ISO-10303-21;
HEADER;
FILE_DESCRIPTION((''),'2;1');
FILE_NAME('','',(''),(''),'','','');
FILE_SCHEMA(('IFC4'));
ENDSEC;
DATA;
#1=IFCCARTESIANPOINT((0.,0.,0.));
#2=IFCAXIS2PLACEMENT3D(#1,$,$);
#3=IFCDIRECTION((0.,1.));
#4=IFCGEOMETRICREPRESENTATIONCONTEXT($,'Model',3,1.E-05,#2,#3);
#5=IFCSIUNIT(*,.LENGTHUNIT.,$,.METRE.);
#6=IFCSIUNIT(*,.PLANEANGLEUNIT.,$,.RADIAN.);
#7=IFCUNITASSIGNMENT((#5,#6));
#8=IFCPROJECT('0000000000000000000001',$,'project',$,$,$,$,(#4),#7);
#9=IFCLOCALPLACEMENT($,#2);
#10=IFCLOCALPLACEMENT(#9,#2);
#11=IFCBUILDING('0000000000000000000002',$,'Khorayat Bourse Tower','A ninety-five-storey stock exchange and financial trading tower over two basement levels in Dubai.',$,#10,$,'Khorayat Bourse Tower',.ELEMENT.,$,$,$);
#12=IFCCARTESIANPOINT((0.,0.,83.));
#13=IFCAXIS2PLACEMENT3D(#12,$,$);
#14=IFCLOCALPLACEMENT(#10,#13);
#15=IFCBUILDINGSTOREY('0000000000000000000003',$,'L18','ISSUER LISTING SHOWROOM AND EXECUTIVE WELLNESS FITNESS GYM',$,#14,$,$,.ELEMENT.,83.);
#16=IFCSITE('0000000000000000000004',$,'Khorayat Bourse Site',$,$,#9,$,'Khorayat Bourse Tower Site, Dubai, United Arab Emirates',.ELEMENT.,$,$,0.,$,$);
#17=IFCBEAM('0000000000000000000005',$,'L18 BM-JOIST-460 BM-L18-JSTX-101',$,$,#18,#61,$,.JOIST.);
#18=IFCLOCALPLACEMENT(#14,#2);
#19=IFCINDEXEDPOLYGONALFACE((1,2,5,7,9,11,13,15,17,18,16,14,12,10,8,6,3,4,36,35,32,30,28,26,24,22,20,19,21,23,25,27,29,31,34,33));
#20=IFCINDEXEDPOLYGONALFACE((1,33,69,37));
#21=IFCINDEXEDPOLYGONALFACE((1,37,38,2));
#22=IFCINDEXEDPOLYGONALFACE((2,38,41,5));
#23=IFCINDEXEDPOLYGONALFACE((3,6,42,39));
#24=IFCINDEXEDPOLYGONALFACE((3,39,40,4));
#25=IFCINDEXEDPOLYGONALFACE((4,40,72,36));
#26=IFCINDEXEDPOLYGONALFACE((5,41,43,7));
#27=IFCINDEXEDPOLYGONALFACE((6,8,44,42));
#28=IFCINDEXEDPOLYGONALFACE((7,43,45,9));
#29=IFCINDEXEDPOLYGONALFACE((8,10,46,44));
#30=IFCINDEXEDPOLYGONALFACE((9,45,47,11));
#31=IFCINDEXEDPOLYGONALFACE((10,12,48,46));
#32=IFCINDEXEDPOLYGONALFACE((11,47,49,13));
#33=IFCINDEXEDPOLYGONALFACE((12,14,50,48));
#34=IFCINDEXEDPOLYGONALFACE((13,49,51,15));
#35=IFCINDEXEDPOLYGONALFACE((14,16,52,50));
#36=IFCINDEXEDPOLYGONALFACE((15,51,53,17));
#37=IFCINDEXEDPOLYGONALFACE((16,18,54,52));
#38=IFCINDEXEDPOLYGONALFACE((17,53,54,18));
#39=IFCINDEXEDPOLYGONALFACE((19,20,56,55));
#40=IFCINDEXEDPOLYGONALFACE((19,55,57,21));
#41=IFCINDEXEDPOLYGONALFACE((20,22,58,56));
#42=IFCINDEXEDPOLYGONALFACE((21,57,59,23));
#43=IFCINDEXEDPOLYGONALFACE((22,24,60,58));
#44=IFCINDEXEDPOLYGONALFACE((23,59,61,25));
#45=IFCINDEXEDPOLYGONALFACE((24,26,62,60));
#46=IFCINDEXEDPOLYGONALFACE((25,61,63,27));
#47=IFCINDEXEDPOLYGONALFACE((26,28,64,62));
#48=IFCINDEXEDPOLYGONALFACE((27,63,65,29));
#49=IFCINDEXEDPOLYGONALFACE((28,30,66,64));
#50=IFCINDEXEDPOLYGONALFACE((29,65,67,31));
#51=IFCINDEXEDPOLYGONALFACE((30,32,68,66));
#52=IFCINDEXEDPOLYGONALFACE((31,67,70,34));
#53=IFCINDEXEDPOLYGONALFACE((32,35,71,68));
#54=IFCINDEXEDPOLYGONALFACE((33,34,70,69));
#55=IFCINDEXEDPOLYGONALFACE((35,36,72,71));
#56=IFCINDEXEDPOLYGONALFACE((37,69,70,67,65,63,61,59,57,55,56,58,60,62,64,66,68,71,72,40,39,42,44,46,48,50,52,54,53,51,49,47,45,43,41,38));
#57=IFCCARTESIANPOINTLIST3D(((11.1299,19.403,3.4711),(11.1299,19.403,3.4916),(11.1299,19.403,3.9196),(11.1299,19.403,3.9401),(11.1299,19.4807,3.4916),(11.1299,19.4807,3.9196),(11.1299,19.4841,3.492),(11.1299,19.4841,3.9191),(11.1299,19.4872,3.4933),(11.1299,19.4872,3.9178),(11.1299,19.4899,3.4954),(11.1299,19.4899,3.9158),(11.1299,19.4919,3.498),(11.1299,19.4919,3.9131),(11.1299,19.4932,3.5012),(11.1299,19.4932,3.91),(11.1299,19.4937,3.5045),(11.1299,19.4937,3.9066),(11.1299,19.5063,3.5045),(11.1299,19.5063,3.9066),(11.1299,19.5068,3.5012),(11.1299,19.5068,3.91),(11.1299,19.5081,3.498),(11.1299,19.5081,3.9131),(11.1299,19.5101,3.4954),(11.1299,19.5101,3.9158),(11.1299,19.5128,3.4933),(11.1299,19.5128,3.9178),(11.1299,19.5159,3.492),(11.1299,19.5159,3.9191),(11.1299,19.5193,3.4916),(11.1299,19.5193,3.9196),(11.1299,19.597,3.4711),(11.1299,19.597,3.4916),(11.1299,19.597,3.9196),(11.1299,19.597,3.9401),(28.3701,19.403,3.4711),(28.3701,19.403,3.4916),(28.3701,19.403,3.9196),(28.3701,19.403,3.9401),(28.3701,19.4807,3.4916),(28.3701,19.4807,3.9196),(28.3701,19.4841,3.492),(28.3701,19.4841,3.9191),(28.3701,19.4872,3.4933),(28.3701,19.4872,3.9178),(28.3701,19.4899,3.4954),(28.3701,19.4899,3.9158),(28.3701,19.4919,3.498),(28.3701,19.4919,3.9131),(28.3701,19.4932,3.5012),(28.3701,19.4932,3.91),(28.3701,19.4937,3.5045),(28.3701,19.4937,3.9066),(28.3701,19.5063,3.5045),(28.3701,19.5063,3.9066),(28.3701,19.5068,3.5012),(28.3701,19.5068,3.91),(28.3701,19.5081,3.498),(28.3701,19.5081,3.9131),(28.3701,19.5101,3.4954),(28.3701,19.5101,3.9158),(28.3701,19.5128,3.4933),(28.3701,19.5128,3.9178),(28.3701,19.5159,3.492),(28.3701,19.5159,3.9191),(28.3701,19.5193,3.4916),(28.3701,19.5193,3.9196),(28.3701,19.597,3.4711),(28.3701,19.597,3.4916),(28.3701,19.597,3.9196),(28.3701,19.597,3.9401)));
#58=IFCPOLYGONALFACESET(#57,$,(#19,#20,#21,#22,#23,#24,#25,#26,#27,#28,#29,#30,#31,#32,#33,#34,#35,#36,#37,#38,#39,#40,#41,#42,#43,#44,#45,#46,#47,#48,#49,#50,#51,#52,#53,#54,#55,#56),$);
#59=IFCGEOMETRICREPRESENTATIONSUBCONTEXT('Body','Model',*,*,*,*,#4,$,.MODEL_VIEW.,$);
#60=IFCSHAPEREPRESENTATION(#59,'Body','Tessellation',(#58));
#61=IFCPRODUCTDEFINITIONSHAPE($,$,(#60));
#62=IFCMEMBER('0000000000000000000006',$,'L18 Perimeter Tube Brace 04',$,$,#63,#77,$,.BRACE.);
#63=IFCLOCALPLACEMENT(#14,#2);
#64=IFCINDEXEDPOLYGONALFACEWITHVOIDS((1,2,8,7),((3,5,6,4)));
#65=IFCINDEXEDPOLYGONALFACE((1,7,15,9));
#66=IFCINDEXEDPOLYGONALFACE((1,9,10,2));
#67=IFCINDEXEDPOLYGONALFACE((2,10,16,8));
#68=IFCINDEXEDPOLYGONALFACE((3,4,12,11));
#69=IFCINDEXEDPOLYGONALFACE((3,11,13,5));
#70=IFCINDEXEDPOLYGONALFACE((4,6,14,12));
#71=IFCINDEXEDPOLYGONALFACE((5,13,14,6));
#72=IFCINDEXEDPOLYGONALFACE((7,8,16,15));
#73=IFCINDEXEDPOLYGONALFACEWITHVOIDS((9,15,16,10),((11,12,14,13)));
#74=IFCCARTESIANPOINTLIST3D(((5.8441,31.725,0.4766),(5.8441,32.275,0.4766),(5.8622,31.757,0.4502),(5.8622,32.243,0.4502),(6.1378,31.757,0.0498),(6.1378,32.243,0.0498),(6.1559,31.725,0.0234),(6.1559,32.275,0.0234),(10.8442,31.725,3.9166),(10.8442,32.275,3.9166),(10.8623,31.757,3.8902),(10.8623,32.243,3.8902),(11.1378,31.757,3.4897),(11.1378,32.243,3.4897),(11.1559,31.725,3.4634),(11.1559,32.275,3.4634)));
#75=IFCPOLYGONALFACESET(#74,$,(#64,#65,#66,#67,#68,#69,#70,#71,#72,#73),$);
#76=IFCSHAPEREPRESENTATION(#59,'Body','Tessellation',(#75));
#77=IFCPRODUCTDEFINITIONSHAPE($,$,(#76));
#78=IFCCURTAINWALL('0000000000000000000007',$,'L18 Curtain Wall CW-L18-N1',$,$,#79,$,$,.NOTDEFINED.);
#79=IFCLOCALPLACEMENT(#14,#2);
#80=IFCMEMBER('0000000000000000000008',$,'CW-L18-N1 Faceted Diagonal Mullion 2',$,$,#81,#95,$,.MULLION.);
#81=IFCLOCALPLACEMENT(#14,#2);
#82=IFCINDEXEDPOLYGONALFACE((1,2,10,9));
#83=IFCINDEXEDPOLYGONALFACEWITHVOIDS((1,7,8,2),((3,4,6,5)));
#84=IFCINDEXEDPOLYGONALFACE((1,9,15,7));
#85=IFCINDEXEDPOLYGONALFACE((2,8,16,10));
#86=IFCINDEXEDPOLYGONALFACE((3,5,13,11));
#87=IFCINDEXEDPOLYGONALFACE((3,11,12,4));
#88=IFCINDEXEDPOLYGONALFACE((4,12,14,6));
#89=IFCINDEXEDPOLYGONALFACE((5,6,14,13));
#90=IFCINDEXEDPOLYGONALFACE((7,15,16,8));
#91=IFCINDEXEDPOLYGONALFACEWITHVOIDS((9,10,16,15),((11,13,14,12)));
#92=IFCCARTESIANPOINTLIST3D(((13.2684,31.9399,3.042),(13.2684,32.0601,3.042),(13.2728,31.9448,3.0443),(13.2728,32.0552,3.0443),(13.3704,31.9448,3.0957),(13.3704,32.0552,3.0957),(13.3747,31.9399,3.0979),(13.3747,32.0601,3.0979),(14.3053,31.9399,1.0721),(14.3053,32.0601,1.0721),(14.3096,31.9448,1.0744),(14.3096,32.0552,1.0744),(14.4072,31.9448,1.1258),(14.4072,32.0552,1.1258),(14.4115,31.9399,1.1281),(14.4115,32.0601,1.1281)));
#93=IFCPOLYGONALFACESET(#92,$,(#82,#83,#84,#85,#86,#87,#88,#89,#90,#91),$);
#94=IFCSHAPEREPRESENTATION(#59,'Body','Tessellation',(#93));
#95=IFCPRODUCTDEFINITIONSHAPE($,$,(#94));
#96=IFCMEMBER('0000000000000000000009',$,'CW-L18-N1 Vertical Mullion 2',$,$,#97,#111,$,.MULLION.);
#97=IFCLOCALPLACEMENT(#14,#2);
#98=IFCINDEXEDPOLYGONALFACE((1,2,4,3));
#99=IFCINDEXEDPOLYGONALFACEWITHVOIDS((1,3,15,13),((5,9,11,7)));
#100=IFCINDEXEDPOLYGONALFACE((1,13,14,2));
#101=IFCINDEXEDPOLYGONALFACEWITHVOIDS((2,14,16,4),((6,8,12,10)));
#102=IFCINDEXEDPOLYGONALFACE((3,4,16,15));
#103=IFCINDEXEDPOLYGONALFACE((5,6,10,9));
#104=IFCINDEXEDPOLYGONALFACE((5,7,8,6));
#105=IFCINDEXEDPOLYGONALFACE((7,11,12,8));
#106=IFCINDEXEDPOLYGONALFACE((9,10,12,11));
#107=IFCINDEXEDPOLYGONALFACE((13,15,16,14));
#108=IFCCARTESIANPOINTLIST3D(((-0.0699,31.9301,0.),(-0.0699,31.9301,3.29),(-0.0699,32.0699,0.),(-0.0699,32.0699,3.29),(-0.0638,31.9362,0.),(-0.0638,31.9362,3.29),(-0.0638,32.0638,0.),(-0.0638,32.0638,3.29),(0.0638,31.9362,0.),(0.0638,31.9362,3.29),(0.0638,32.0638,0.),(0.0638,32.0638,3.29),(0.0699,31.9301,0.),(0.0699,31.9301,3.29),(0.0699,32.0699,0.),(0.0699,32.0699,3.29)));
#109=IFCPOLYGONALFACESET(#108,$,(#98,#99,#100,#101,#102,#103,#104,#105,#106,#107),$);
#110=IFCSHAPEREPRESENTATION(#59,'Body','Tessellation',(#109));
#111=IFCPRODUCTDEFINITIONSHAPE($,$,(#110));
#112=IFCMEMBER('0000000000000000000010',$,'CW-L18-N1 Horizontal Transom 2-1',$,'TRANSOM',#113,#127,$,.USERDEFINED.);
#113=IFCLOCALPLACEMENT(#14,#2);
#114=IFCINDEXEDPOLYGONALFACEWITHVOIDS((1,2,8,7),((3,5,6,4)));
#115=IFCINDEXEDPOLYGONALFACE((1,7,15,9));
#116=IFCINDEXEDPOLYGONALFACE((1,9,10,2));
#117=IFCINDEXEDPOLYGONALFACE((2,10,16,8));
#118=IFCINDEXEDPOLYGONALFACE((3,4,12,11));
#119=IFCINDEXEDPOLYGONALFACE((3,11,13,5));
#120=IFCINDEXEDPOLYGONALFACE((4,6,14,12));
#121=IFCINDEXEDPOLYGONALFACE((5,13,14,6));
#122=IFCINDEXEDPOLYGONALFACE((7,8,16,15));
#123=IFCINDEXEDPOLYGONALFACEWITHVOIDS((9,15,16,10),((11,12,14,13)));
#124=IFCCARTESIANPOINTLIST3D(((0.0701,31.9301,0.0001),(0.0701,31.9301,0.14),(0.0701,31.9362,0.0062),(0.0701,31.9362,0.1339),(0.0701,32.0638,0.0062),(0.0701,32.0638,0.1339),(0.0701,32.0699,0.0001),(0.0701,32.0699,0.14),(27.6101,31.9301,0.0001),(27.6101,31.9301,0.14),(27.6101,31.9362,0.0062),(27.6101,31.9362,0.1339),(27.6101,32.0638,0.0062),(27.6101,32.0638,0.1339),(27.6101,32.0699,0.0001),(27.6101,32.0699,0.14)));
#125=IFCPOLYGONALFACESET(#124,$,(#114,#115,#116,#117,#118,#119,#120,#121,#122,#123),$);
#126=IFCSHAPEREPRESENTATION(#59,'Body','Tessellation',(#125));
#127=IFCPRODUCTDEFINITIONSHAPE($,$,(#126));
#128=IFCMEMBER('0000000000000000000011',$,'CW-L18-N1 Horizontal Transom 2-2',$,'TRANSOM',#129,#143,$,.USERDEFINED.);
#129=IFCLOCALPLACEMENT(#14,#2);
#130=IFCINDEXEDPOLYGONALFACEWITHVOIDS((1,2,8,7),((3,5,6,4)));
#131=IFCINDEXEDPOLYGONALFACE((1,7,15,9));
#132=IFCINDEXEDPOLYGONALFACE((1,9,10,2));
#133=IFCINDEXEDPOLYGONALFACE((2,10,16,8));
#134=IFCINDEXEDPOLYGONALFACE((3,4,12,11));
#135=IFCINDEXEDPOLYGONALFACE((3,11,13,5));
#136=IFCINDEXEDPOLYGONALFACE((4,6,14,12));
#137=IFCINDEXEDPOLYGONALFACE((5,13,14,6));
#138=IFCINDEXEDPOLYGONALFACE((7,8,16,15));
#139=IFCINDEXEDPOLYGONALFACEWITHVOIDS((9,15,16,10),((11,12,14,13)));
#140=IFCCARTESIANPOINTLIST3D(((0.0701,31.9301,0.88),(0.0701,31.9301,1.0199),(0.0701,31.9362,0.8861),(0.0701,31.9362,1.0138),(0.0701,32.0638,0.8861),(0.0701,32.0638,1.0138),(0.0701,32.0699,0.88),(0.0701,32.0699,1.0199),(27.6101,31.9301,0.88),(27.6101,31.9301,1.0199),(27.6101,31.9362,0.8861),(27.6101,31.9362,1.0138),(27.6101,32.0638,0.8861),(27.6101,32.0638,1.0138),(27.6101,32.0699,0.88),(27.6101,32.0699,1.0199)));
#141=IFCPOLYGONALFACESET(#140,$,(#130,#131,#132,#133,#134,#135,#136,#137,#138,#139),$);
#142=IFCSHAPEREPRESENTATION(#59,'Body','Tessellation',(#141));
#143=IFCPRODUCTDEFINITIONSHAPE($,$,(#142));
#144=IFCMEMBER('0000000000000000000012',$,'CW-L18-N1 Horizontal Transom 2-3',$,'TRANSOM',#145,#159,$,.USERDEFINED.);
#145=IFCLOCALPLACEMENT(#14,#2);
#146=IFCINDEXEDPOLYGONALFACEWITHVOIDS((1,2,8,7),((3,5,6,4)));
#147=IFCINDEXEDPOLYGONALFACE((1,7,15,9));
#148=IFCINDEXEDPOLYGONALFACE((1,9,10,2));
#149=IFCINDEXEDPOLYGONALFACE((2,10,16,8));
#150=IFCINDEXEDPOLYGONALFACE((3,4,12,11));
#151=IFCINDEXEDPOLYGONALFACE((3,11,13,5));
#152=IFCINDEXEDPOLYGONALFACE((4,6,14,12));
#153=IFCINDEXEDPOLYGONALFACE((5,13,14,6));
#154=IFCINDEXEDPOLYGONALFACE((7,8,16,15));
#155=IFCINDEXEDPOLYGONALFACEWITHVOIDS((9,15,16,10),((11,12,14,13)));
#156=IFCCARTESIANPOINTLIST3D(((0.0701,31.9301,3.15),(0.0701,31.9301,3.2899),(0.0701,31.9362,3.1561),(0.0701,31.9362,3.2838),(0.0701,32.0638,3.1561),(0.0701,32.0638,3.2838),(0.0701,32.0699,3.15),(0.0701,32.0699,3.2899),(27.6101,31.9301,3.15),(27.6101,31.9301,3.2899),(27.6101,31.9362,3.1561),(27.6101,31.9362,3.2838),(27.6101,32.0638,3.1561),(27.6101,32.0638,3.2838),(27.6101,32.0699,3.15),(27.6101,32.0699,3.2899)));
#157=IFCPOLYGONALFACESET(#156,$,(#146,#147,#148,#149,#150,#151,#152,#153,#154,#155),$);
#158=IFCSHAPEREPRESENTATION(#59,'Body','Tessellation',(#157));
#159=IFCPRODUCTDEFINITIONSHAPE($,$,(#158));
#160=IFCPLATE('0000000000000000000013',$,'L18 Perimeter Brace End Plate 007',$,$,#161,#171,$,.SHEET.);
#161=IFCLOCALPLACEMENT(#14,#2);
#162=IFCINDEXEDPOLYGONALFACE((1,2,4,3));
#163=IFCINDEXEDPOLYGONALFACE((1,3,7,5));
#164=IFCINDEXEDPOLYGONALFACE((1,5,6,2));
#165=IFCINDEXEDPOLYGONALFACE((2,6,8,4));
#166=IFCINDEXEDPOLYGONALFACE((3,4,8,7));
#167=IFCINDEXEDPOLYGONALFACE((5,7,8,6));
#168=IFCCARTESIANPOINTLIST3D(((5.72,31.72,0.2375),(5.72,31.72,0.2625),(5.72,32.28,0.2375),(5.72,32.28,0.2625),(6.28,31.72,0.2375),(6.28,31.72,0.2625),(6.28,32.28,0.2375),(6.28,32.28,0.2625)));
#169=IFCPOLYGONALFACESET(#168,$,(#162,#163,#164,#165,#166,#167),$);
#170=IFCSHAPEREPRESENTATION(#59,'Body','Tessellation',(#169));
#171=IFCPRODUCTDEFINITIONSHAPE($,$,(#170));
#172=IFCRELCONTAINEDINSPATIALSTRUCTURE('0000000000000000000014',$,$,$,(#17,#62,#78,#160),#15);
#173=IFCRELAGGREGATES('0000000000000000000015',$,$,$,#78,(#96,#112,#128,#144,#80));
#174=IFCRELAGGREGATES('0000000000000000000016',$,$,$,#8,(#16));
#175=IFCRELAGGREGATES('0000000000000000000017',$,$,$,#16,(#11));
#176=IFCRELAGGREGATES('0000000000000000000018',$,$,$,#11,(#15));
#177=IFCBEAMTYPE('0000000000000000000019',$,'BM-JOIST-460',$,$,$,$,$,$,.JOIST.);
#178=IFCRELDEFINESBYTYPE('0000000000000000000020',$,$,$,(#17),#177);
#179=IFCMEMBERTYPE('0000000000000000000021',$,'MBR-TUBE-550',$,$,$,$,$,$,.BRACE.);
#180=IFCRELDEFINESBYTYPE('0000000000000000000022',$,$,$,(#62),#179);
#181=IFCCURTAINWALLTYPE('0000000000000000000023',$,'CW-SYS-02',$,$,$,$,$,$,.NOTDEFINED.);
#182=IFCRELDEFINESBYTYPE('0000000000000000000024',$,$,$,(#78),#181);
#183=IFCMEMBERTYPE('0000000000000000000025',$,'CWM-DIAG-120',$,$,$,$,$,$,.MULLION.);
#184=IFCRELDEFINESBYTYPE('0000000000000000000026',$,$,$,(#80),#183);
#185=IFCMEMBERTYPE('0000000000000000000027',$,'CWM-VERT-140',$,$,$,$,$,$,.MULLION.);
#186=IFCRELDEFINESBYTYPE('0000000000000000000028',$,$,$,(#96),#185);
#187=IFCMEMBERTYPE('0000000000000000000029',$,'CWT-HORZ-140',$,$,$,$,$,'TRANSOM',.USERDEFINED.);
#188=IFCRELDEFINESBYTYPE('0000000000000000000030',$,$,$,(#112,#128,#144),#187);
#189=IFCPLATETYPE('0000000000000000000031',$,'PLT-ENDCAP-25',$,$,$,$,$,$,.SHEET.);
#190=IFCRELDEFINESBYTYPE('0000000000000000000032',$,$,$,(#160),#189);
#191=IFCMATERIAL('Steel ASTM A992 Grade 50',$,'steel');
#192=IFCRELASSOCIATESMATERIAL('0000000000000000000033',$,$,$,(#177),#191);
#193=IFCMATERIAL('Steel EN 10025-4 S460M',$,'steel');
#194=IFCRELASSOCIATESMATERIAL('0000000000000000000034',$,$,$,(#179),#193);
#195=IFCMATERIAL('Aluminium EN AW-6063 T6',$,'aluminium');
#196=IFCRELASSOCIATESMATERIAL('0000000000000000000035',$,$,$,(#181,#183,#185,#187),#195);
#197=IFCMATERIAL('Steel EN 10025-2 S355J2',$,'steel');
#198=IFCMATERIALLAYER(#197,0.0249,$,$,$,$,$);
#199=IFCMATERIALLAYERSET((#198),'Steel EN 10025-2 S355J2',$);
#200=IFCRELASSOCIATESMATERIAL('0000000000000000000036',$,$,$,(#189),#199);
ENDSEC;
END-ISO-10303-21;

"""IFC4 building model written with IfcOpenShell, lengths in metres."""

from ifc_helpers import new_model, si_unit, direction, frame, origin, origin_2d, place, context, subcontext, project, spatial, rectangle, hollow_rectangle, i_section, extrude, source, transform, mapped, material, layer, layer_set, material_profile, profile_set, type_object, element, aggregate, save


model = new_model("IFC4")

# Units and contexts
model_context = context("Model", 3, precision=1e-05, world=origin(), true_north=direction((0.0, 1.0)))
body_context = subcontext(model_context, "Body", "Model", "MODEL_VIEW")
ifc_project = project(units=[si_unit("LENGTHUNIT", "METRE"), si_unit("PLANEANGLEUNIT", "RADIAN")], contexts=[model_context])

# Site, building, storey
site_placement = place(None, origin())
site = spatial("IfcSite", under=ifc_project, at=site_placement, Name="Khorayat Bourse Site", LongName="Khorayat Bourse Tower Site, Dubai, United Arab Emirates", CompositionType="ELEMENT", RefElevation=0.0)
building_placement = place(site_placement, origin())
building = spatial("IfcBuilding", under=site, at=building_placement, Name="Khorayat Bourse Tower", Description="A ninety-five-storey stock exchange and financial trading tower over two basement levels in Dubai.", LongName="Khorayat Bourse Tower", CompositionType="ELEMENT")
storey_placement = place(building_placement, frame((0.0, 0.0, 83.0)))
storey = spatial("IfcBuildingStorey", under=building, at=storey_placement, Name="L18", Description="ISSUER LISTING SHOWROOM AND EXECUTIVE WELLNESS FITNESS GYM", CompositionType="ELEMENT", Elevation=83.0)

# Shared definitions
ifc_material_1 = material(Name="Steel EN 10025-4 S460M", Category="steel")

# Beam
ifc_material_2 = material(Name="Steel ASTM A992 Grade 50", Category="steel")
ifc_material_profile_1 = material_profile(ifc_material_2, i_section(OverallWidth=0.1941, OverallDepth=0.469, WebThickness=0.0127, FlangeThickness=0.0205, FilletRadius=0.0129, at=origin_2d()), Name="W460X106")
ifc_profile_set_1 = profile_set([ifc_material_profile_1], Name="Steel ASTM A992 Grade 50")
beam_type_1 = type_object("IfcBeamType", Name="BM-JOIST-460", PredefinedType="JOIST", material=ifc_profile_set_1)
shared_shape_1 = source(origin(), body_context, "Body", "SweptSolid", [
    extrude(i_section(OverallWidth=0.1941, OverallDepth=0.469, WebThickness=0.0127, FlangeThickness=0.0205, FilletRadius=0.0129, at=origin_2d()), origin(), (0.0, 0.0, 1.0), 17.2402),
])
beam_1_placement = place(storey_placement, frame((11.1299, 19.5, 3.7056), z_axis=(1.0, 0.0, 0.0), x_axis=(0.0, 1.0, 0.0)))
element("IfcBeam", 1, at=beam_1_placement, inside=storey, type_object=beam_type_1, Name="L18 BM-JOIST-460 BM-L18-JSTX-101", PredefinedType="JOIST", context=body_context, shape_type="MappedRepresentation", body=[
    mapped(shared_shape_1, transform((0.0, 0.0, 0.0), scale=1.0)),
])

# Member
ifc_material_profile_2 = material_profile(ifc_material_1, hollow_rectangle(XDim=0.55, YDim=0.55, WallThickness=0.032, at=origin_2d()), Name="HSS 550x550x32")
ifc_profile_set_2 = profile_set([ifc_material_profile_2], Name="Steel EN 10025-4 S460M")
member_type_1 = type_object("IfcMemberType", Name="MBR-TUBE-550", PredefinedType="BRACE", material=ifc_profile_set_2)
shared_shape_2 = source(origin(), body_context, "Body", "SweptSolid", [
    extrude(hollow_rectangle(XDim=0.55, YDim=0.55, WallThickness=0.032, at=origin_2d()), origin(), (0.0, 0.0, 1.0), 6.0691),
])
member_1_placement = place(storey_placement, frame((6.0, 32.0, 0.25), z_axis=(0.823854, 0.0, 0.566802), x_axis=(0.0, 1.0, 0.0)))
element("IfcMember", 2, at=member_1_placement, inside=storey, type_object=member_type_1, Name="L18 Perimeter Tube Brace 04", PredefinedType="BRACE", context=body_context, shape_type="MappedRepresentation", body=[
    mapped(shared_shape_2, transform((0.0, 0.0, 0.0), scale=1.0)),
])

# Curtain wall, members
ifc_material_3 = material(Name="Aluminium EN AW-6063 T6", Category="aluminium")
curtain_wall_type = type_object("IfcCurtainWallType", Name="CW-SYS-02", PredefinedType="NOTDEFINED", material=ifc_material_3)
curtain_wall_placement = place(storey_placement, origin())
curtain_wall = element("IfcCurtainWall", 3, at=curtain_wall_placement, inside=storey, type_object=curtain_wall_type, Name="L18 Curtain Wall CW-L18-N1", PredefinedType="NOTDEFINED")
ifc_material_profile_3 = material_profile(ifc_material_3, hollow_rectangle(XDim=0.1201, YDim=0.1201, WallThickness=0.0049, at=origin_2d()), Name="ALU 120x120x5")
ifc_profile_set_3 = profile_set([ifc_material_profile_3], Name="Aluminium EN AW-6063 T6")
member_type_2 = type_object("IfcMemberType", Name="CWM-DIAG-120", PredefinedType="MULLION", material=ifc_profile_set_3)
shared_shape_3 = source(origin(), body_context, "Body", "SweptSolid", [
    extrude(hollow_rectangle(XDim=0.1201, YDim=0.1201, WallThickness=0.0049, at=origin_2d()), origin(), (0.0, 0.0, 1.0), 2.2261),
])
member_2_placement = place(storey_placement, frame((14.3584, 32.0, 1.1001), z_axis=(-0.46576, 0.0, 0.884911), x_axis=(0.0, -1.0, 0.0)))
member_2 = element("IfcMember", 4, at=member_2_placement, type_object=member_type_2, Name="CW-L18-N1 Faceted Diagonal Mullion 2", PredefinedType="MULLION", context=body_context, shape_type="MappedRepresentation", body=[
    mapped(shared_shape_3, transform((0.0, 0.0, 0.0), scale=1.0)),
])
ifc_material_profile_4 = material_profile(ifc_material_3, hollow_rectangle(XDim=0.1399, YDim=0.1399, WallThickness=0.0061, at=origin_2d()), Name="ALU 140x140x6")
ifc_profile_set_4 = profile_set([ifc_material_profile_4], Name="Aluminium EN AW-6063 T6")
member_type_3 = type_object("IfcMemberType", Name="CWM-VERT-140", PredefinedType="MULLION", material=ifc_profile_set_4)
shared_shape_4 = source(origin(), body_context, "Body", "SweptSolid", [
    extrude(hollow_rectangle(XDim=0.1399, YDim=0.1399, WallThickness=0.0061, at=origin_2d()), origin(), (0.0, 0.0, 1.0), 3.29),
])
member_3_placement = place(storey_placement, frame((0.0, 32.0, 0.0), z_axis=(0.0, 0.0, 1.0), x_axis=(0.0, 1.0, 0.0)))
member_3 = element("IfcMember", 5, at=member_3_placement, type_object=member_type_3, Name="CW-L18-N1 Vertical Mullion 2", PredefinedType="MULLION", context=body_context, shape_type="MappedRepresentation", body=[
    mapped(shared_shape_4, transform((0.0, 0.0, 0.0), scale=1.0)),
])
ifc_material_profile_5 = material_profile(ifc_material_3, hollow_rectangle(XDim=0.1399, YDim=0.1399, WallThickness=0.0061, at=origin_2d()), Name="ALU 140x140x6")
ifc_profile_set_5 = profile_set([ifc_material_profile_5], Name="Aluminium EN AW-6063 T6")
member_type_4 = type_object("IfcMemberType", Name="CWT-HORZ-140", ElementType="TRANSOM", PredefinedType="USERDEFINED", material=ifc_profile_set_5)
shared_shape_5 = source(origin(), body_context, "Body", "SweptSolid", [
    extrude(hollow_rectangle(XDim=0.1399, YDim=0.1399, WallThickness=0.0061, at=origin_2d()), origin(), (0.0, 0.0, 1.0), 27.54),
])
member_4_placement = place(storey_placement, frame((0.0701, 32.0, 0.0701), z_axis=(1.0, 0.0, 0.0), x_axis=(0.0, 1.0, 0.0)))
member_4 = element("IfcMember", 6, at=member_4_placement, type_object=member_type_4, Name="CW-L18-N1 Horizontal Transom 2-1", ObjectType="TRANSOM", PredefinedType="USERDEFINED", context=body_context, shape_type="MappedRepresentation", body=[
    mapped(shared_shape_5, transform((0.0, 0.0, 0.0), scale=1.0)),
])
member_5_placement = place(storey_placement, frame((0.0701, 32.0, 0.95), z_axis=(1.0, 0.0, 0.0), x_axis=(0.0, 1.0, 0.0)))
member_5 = element("IfcMember", 7, at=member_5_placement, type_object=member_type_4, Name="CW-L18-N1 Horizontal Transom 2-2", ObjectType="TRANSOM", PredefinedType="USERDEFINED", context=body_context, shape_type="MappedRepresentation", body=[
    mapped(shared_shape_5, transform((0.0, 0.0, 0.0), scale=1.0)),
])
member_6_placement = place(storey_placement, frame((0.0701, 32.0, 3.22), z_axis=(1.0, 0.0, 0.0), x_axis=(0.0, 1.0, 0.0)))
member_6 = element("IfcMember", 8, at=member_6_placement, type_object=member_type_4, Name="CW-L18-N1 Horizontal Transom 2-3", ObjectType="TRANSOM", PredefinedType="USERDEFINED", context=body_context, shape_type="MappedRepresentation", body=[
    mapped(shared_shape_5, transform((0.0, 0.0, 0.0), scale=1.0)),
])

# Plate
ifc_material_4 = material(Name="Steel EN 10025-2 S355J2", Category="steel")
ifc_layer_1 = layer(ifc_material_4, 0.0249)
ifc_layer_set_1 = layer_set([ifc_layer_1], Name="Steel EN 10025-2 S355J2")
plate_type_1 = type_object("IfcPlateType", Name="PLT-ENDCAP-25", PredefinedType="SHEET", material=ifc_layer_set_1)
shared_shape_6 = source(origin(), body_context, "Body", "SweptSolid", [
    extrude(rectangle(XDim=0.5601, YDim=0.5601, at=origin_2d()), origin(), (0.0, 0.0, 1.0), 0.0249),
])
for number, where, z_axis, x_axis, name in (
    (9, (6.0, 32.0, 0.2375), (0.0, 0.0, 1.0), (1.0, 0.0, 0.0), "L18 Perimeter Brace End Plate 007"),
):
    element("IfcPlate", number, at=place(storey_placement, frame(where, z_axis=z_axis, x_axis=x_axis)), inside=storey, type_object=plate_type_1, Name=name, PredefinedType="SHEET", context=body_context, shape_type="MappedRepresentation", body=[
        mapped(shared_shape_6, transform((0.0, 0.0, 0.0), scale=1.0)),
    ])

aggregate(curtain_wall, [member_3, member_4, member_5, member_6, member_2])

save(model, "model.ifc")
